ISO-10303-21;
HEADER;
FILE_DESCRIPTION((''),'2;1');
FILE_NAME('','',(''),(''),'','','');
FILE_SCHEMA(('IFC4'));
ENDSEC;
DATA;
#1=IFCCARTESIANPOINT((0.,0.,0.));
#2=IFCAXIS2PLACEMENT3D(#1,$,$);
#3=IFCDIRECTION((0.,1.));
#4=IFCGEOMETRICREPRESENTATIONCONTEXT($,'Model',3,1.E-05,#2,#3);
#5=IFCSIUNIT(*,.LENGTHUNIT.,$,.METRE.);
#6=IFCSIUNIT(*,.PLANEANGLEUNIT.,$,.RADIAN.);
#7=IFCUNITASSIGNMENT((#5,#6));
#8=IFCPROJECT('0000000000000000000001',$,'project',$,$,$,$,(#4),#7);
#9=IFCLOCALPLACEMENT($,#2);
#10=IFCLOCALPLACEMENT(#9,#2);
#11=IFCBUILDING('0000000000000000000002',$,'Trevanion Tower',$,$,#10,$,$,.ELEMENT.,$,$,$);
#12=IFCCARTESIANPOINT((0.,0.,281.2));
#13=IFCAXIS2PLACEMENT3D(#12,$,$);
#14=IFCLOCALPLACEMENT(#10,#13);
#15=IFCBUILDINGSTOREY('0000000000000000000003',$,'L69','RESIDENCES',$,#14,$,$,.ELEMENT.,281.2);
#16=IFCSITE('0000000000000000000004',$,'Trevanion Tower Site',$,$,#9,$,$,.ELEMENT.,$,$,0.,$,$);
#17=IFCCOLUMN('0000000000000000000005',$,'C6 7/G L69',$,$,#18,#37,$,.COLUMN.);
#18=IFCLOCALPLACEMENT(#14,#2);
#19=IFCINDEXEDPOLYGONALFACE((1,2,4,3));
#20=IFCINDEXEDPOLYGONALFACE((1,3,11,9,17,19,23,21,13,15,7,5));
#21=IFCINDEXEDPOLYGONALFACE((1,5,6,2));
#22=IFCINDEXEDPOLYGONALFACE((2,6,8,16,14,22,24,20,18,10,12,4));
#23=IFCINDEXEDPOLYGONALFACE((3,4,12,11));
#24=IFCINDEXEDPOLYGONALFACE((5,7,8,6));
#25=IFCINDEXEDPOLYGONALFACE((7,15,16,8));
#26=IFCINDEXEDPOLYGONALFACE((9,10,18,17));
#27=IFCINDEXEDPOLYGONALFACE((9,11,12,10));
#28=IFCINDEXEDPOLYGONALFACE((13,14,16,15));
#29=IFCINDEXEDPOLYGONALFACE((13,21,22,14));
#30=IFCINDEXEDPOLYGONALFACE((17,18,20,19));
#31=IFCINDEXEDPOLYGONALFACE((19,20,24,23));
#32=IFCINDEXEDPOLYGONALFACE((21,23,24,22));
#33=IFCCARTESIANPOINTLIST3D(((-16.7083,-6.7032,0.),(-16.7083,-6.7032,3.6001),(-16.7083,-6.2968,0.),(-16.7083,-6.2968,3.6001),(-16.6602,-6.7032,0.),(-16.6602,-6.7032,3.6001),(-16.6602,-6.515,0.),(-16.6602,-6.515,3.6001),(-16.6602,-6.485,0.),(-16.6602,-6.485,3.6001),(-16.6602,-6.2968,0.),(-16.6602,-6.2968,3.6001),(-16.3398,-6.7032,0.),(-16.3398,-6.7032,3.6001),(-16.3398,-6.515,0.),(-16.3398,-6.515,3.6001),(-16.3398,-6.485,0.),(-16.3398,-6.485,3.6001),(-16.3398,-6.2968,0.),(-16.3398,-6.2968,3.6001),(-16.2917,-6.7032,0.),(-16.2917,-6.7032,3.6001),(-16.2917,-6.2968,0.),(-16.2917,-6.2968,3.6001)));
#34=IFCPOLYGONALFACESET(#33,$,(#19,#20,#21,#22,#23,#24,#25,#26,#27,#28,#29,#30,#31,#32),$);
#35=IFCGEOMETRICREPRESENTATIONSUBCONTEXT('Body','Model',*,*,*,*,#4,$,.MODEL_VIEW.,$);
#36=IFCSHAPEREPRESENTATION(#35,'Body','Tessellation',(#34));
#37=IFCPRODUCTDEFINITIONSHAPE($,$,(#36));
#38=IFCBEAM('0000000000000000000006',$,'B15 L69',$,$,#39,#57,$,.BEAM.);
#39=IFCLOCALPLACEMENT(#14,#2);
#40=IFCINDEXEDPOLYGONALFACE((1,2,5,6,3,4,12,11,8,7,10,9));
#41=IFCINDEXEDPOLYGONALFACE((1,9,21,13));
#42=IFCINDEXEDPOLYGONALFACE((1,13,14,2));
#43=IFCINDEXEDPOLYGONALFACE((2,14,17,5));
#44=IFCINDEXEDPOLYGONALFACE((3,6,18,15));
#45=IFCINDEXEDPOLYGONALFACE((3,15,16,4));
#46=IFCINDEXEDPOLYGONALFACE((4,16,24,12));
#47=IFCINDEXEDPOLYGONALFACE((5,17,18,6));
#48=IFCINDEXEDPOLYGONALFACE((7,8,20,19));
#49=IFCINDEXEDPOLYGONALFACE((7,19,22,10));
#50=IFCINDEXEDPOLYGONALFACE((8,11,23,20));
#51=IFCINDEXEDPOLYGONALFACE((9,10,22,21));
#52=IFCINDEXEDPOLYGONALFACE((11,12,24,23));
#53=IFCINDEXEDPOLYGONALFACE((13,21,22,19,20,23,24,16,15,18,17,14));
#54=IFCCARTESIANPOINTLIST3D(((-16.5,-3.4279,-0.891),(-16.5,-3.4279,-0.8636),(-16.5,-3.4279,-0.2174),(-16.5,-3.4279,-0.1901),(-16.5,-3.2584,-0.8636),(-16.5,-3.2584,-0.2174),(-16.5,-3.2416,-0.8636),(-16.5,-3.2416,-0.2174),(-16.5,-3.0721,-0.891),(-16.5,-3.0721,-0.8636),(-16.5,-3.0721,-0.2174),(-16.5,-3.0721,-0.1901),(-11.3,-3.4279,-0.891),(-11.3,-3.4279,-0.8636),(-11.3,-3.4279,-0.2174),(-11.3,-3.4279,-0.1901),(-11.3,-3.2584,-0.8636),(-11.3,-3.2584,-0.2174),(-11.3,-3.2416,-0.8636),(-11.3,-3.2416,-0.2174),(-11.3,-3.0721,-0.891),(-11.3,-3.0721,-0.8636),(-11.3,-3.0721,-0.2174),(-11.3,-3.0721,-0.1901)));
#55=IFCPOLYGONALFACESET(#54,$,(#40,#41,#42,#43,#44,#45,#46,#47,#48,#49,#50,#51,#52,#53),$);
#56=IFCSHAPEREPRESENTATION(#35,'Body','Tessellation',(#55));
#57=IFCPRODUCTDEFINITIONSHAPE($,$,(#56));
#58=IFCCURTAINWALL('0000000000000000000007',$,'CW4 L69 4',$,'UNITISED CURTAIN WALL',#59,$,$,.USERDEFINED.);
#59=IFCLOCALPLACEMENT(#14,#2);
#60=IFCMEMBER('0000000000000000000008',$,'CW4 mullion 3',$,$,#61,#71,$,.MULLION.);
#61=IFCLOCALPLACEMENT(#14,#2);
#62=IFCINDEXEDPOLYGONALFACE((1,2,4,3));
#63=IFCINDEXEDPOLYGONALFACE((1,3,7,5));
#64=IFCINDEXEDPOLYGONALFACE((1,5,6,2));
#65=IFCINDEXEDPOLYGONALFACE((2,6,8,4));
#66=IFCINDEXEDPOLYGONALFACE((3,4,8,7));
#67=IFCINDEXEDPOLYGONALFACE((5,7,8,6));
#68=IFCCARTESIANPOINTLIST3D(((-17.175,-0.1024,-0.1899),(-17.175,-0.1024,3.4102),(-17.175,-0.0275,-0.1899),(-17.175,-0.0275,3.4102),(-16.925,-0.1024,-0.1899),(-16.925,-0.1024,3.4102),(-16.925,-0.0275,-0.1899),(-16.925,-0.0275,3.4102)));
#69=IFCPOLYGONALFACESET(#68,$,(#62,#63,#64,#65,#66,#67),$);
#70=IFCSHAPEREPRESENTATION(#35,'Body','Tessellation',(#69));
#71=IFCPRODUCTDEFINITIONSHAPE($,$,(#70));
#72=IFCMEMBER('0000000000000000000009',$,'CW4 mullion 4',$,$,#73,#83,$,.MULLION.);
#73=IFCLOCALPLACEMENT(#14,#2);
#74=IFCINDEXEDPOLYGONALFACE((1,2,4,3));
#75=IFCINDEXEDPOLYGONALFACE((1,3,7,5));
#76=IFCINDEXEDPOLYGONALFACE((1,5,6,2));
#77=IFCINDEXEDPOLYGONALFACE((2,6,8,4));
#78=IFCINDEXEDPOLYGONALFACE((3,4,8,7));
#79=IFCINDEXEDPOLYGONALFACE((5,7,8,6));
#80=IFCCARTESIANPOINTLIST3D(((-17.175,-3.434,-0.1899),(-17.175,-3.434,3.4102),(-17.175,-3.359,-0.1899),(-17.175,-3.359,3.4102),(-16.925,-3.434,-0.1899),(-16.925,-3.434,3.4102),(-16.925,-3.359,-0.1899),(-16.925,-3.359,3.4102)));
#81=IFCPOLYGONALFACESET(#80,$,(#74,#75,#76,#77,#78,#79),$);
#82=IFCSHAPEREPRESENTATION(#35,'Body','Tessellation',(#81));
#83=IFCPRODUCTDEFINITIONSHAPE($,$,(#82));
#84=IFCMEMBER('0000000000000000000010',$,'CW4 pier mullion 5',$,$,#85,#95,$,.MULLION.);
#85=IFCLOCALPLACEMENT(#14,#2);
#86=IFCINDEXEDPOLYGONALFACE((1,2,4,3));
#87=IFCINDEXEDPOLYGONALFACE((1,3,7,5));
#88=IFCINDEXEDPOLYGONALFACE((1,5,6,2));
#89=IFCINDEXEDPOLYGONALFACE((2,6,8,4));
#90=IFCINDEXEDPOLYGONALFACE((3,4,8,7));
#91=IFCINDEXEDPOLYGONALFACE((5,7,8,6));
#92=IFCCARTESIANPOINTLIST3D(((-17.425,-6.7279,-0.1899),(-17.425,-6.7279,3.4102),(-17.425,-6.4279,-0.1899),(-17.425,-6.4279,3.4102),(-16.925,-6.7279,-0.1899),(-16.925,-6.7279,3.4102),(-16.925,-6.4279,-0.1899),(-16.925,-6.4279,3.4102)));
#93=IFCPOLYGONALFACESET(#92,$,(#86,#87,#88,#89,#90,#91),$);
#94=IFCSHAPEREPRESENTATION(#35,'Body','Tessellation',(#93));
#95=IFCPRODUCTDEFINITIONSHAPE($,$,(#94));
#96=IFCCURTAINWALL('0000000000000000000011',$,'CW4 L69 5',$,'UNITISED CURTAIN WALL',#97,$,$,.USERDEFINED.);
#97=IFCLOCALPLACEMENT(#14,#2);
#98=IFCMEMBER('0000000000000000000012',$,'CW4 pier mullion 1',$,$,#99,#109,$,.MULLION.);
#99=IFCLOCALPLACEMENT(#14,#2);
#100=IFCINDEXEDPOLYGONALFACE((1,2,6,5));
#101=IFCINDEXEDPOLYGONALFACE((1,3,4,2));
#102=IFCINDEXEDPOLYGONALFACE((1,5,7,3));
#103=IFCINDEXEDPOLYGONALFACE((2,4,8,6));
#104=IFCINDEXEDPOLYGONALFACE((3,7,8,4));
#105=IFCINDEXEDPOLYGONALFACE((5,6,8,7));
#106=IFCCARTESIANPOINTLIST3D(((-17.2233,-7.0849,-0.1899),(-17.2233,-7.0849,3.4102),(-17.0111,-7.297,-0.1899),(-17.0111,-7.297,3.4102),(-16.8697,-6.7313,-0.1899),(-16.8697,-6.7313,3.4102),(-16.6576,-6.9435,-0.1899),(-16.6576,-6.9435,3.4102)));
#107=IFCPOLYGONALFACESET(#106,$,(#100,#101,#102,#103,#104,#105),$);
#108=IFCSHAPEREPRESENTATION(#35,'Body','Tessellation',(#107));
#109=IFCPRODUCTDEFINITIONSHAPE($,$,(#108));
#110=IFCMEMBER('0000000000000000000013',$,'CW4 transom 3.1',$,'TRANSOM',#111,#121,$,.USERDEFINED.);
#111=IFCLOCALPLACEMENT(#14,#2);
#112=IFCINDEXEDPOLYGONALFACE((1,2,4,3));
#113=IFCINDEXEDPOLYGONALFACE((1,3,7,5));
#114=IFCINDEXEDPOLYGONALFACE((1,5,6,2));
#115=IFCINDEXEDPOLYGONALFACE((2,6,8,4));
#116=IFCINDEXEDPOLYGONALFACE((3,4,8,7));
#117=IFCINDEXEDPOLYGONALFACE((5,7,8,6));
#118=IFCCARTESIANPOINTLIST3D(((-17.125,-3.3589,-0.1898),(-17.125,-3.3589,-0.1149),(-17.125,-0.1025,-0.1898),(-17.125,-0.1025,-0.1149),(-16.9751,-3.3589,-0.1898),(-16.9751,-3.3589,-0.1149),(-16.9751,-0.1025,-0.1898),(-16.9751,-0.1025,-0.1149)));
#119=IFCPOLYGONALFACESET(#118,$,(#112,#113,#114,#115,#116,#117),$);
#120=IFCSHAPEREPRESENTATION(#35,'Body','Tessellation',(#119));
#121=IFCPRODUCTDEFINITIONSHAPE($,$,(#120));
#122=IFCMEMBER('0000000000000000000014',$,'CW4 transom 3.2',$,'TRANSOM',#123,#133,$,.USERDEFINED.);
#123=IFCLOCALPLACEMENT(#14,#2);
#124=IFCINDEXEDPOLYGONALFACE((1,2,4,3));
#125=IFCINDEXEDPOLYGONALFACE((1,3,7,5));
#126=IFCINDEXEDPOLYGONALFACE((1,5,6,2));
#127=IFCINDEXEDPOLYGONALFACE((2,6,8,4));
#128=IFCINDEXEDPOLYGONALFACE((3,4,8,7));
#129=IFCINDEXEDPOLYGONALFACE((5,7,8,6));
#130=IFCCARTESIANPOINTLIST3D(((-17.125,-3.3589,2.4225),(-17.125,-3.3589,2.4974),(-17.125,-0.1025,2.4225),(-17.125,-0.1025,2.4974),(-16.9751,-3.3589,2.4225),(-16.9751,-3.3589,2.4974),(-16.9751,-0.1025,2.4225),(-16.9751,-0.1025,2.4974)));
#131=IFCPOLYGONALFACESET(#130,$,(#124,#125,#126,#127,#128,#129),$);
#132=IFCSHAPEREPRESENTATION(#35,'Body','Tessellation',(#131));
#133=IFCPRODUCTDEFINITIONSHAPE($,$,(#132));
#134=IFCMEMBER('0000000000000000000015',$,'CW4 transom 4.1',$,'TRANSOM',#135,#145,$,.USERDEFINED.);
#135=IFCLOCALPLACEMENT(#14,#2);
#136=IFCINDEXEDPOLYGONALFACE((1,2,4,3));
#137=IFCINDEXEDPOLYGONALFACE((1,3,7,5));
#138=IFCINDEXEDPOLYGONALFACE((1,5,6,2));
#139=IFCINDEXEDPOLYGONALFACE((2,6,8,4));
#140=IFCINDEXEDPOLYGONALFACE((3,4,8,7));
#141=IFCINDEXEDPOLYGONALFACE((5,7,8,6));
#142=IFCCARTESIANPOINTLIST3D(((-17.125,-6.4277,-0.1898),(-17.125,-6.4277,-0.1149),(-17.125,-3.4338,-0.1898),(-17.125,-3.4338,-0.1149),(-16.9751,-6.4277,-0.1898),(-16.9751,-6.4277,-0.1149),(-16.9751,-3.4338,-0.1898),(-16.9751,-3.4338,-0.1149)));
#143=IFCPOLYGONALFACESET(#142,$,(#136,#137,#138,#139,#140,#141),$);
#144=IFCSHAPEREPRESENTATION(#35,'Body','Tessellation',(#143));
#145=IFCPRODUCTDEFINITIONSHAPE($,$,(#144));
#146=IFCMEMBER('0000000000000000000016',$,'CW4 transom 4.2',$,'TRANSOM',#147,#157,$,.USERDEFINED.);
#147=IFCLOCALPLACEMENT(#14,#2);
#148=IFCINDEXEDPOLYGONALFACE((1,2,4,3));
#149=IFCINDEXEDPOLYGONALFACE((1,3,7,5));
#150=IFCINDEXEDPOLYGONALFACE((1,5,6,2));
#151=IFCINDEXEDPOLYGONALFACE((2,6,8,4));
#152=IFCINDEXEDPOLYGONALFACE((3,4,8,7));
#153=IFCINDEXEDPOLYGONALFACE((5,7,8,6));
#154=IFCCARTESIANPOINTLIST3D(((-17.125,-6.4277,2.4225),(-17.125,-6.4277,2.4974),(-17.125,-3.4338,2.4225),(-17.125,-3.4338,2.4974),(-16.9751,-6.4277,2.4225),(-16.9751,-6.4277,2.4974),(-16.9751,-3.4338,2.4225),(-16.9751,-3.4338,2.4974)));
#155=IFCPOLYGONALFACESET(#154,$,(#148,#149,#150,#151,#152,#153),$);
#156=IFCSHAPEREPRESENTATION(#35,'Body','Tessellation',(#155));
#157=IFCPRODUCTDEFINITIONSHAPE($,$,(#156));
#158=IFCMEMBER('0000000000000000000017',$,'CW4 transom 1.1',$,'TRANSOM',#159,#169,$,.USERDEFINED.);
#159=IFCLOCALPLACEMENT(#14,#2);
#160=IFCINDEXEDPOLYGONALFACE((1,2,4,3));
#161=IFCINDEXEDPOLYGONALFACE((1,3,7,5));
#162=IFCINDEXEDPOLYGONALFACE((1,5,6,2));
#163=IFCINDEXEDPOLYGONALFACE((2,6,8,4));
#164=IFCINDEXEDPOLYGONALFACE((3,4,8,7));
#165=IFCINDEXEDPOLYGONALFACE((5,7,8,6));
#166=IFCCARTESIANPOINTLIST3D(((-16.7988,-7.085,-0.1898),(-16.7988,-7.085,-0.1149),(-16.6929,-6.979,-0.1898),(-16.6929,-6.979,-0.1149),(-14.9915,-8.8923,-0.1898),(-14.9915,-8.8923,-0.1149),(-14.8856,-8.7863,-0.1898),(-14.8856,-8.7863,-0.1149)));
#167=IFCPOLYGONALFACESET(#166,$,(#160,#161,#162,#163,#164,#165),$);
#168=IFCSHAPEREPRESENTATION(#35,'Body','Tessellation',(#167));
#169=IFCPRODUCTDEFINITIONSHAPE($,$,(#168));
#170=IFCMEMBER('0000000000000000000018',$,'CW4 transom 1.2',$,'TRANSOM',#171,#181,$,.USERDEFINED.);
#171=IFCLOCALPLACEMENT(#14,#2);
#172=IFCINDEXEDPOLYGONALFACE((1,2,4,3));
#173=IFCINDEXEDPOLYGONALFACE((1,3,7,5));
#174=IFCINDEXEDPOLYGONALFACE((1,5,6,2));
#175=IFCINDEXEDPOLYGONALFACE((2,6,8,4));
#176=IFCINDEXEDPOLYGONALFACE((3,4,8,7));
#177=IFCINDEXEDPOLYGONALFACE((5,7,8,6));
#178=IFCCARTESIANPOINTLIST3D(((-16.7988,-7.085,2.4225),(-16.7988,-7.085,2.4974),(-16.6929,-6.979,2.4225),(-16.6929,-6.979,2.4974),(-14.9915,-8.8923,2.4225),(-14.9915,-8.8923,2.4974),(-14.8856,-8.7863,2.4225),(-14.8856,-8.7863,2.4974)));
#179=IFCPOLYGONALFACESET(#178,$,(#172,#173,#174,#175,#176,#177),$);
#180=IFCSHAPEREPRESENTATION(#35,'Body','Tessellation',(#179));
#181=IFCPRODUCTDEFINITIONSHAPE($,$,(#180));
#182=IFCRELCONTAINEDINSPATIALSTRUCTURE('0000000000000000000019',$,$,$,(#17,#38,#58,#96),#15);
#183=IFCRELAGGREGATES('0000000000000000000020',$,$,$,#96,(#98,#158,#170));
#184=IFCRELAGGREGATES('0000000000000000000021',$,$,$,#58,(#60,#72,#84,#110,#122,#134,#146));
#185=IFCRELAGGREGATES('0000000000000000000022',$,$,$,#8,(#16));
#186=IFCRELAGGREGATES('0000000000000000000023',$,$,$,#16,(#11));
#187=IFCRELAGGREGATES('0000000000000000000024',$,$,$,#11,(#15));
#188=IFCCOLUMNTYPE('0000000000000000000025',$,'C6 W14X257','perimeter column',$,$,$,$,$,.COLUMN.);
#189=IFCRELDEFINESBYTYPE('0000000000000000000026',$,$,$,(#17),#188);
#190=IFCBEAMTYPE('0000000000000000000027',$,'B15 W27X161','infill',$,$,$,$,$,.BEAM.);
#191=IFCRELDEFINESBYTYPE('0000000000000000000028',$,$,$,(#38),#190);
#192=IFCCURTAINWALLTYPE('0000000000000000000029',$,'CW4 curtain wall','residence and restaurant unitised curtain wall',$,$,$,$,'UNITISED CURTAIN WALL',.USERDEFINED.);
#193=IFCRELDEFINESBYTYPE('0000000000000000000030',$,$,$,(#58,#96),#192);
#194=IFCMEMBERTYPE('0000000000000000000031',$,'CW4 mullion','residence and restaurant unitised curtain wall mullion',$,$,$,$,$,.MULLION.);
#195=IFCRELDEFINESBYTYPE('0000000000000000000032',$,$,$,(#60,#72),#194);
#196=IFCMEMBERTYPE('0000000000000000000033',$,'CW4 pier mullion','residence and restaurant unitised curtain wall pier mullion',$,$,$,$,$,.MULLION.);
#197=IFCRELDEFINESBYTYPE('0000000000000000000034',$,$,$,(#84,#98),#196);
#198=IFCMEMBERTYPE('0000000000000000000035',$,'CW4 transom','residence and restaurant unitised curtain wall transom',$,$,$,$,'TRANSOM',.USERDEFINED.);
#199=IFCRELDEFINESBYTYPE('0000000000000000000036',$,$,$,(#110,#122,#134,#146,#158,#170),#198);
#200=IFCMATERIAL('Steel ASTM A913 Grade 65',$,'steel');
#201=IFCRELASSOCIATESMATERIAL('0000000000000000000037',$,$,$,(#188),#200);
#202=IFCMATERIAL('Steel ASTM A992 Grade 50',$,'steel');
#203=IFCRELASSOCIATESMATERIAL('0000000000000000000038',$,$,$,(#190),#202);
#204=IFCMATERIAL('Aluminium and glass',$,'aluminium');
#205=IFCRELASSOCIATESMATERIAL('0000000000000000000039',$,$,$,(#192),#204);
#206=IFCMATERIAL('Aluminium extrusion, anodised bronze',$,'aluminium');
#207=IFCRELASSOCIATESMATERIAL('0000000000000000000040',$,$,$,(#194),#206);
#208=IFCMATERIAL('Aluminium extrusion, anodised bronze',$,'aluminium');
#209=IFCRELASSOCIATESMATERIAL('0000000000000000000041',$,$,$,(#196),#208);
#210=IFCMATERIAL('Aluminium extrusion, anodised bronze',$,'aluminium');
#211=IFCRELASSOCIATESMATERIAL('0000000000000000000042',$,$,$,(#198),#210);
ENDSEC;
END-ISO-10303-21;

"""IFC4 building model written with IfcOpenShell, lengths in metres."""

from ifc_helpers import new_model, si_unit, direction, frame, origin, origin_2d, place, context, subcontext, project, spatial, rectangle, i_section, extrude, material, material_profile, profile_set, type_object, element, aggregate, save


model = new_model("IFC4")

# Units and contexts
model_context = context("Model", 3, precision=1e-05, world=origin(), true_north=direction((0.0, 1.0)))
body_context = subcontext(model_context, "Body", "Model", "MODEL_VIEW")
ifc_project = project(units=[si_unit("LENGTHUNIT", "METRE"), si_unit("PLANEANGLEUNIT", "RADIAN")], contexts=[model_context])

# Site, building, storey
site_placement = place(None, origin())
site = spatial("IfcSite", under=ifc_project, at=site_placement, Name="Trevanion Tower Site", CompositionType="ELEMENT", RefElevation=0.0)
building_placement = place(site_placement, origin())
building = spatial("IfcBuilding", under=site, at=building_placement, Name="Trevanion Tower", CompositionType="ELEMENT")
storey_placement = place(building_placement, frame((0.0, 0.0, 281.2)))
storey = spatial("IfcBuildingStorey", under=building, at=storey_placement, Name="L69", Description="RESIDENCES", CompositionType="ELEMENT", Elevation=281.2)

# Column
ifc_material_1 = material(Name="Steel ASTM A913 Grade 65", Category="steel")
ifc_material_profile_1 = material_profile(ifc_material_1, i_section(OverallWidth=0.4065, OverallDepth=0.4165, WebThickness=0.03, FlangeThickness=0.0481, at=origin_2d()), Name="W14X257")
ifc_profile_set_1 = profile_set([ifc_material_profile_1], Name="Steel ASTM A913 Grade 65")
column_type = type_object("IfcColumnType", Name="C6 W14X257", Description="perimeter column", PredefinedType="COLUMN", material=ifc_profile_set_1)
column_placement = place(storey_placement, frame((-16.5, -6.5, 0.0), z_axis=(0.0, 0.0, 1.0), x_axis=(0.0, 1.0, 0.0)))
element("IfcColumn", 1, at=column_placement, inside=storey, type_object=column_type, Name="C6 7/G L69", PredefinedType="COLUMN", context=body_context, shape_type="SweptSolid", body=[
    extrude(i_section(OverallWidth=0.4065, OverallDepth=0.4165, WebThickness=0.03, FlangeThickness=0.0481, at=origin_2d()), origin(), (0.0, 0.0, 1.0), 3.6001),
])

# Beam
ifc_material_2 = material(Name="Steel ASTM A992 Grade 50", Category="steel")
ifc_material_profile_2 = material_profile(ifc_material_2, i_section(OverallWidth=0.3557, OverallDepth=0.7009, WebThickness=0.0168, FlangeThickness=0.0273, at=origin_2d()), Name="W27X161")
ifc_profile_set_2 = profile_set([ifc_material_profile_2], Name="Steel ASTM A992 Grade 50")
beam_type_1 = type_object("IfcBeamType", Name="B15 W27X161", Description="infill", PredefinedType="BEAM", material=ifc_profile_set_2)
beam_1_placement = place(storey_placement, frame((-11.3, -3.25, -0.5405), z_axis=(-1.0, 0.0, 0.0), x_axis=(0.0, -1.0, 0.0)))
element("IfcBeam", 2, at=beam_1_placement, inside=storey, type_object=beam_type_1, Name="B15 L69", PredefinedType="BEAM", context=body_context, shape_type="SweptSolid", body=[
    extrude(i_section(OverallWidth=0.3557, OverallDepth=0.7009, WebThickness=0.0168, FlangeThickness=0.0273, at=origin_2d()), origin(), (0.0, 0.0, 1.0), 5.2),
])

# Curtain wall, members
ifc_material_3 = material(Name="Aluminium and glass", Category="aluminium")
curtain_wall_type = type_object("IfcCurtainWallType", Name="CW4 curtain wall", Description="residence and restaurant unitised curtain wall", ElementType="UNITISED CURTAIN WALL", PredefinedType="USERDEFINED", material=ifc_material_3)
curtain_wall_1_placement = place(storey_placement, origin())
curtain_wall_1 = element("IfcCurtainWall", 3, at=curtain_wall_1_placement, inside=storey, type_object=curtain_wall_type, Name="CW4 L69 4", ObjectType="UNITISED CURTAIN WALL", PredefinedType="USERDEFINED")
ifc_material_4 = material(Name="Aluminium extrusion, anodised bronze", Category="aluminium")
ifc_material_profile_3 = material_profile(ifc_material_4, rectangle(XDim=0.075, YDim=0.25, at=origin_2d()), Name="CW4 mullion")
ifc_profile_set_3 = profile_set([ifc_material_profile_3], Name="Aluminium extrusion, anodised bronze")
member_type_1 = type_object("IfcMemberType", Name="CW4 mullion", Description="residence and restaurant unitised curtain wall mullion", PredefinedType="MULLION", material=ifc_profile_set_3)
member_1_placement = place(storey_placement, frame((-17.05, -0.0649, -0.1899), z_axis=(0.0, 0.0, 1.0), x_axis=(0.0, -1.0, 0.0)))
member_1 = element("IfcMember", 4, at=member_1_placement, type_object=member_type_1, Name="CW4 mullion 3", PredefinedType="MULLION", context=body_context, shape_type="SweptSolid", body=[
    extrude(rectangle(XDim=0.075, YDim=0.25, at=origin_2d()), origin(), (0.0, 0.0, 1.0), 3.6001),
])
member_2_placement = place(storey_placement, frame((-17.05, -3.3965, -0.1899), z_axis=(0.0, 0.0, 1.0), x_axis=(0.0, -1.0, 0.0)))
member_2 = element("IfcMember", 5, at=member_2_placement, type_object=member_type_1, Name="CW4 mullion 4", PredefinedType="MULLION", context=body_context, shape_type="SweptSolid", body=[
    extrude(rectangle(XDim=0.075, YDim=0.25, at=origin_2d()), origin(), (0.0, 0.0, 1.0), 3.6001),
])
ifc_material_5 = material(Name="Aluminium extrusion, anodised bronze", Category="aluminium")
ifc_material_profile_4 = material_profile(ifc_material_5, rectangle(XDim=0.3, YDim=0.5, at=origin_2d()), Name="CW4 pier mullion")
ifc_profile_set_4 = profile_set([ifc_material_profile_4], Name="Aluminium extrusion, anodised bronze")
member_type_2 = type_object("IfcMemberType", Name="CW4 pier mullion", Description="residence and restaurant unitised curtain wall pier mullion", PredefinedType="MULLION", material=ifc_profile_set_4)
member_3_placement = place(storey_placement, frame((-17.175, -6.5779, -0.1899), z_axis=(0.0, 0.0, 1.0), x_axis=(0.0, -1.0, 0.0)))
member_3 = element("IfcMember", 6, at=member_3_placement, type_object=member_type_2, Name="CW4 pier mullion 5", PredefinedType="MULLION", context=body_context, shape_type="SweptSolid", body=[
    extrude(rectangle(XDim=0.3, YDim=0.5, at=origin_2d()), origin(), (0.0, 0.0, 1.0), 3.6001),
])

# Curtain wall, member
curtain_wall_2_placement = place(storey_placement, origin())
curtain_wall_2 = element("IfcCurtainWall", 7, at=curtain_wall_2_placement, inside=storey, type_object=curtain_wall_type, Name="CW4 L69 5", ObjectType="UNITISED CURTAIN WALL", PredefinedType="USERDEFINED")
member_4_placement = place(storey_placement, frame((-16.9404, -7.0142, -0.1899), z_axis=(0.0, 0.0, 1.0), x_axis=(0.707107, -0.707107, 0.0)))
member_4 = element("IfcMember", 8, at=member_4_placement, type_object=member_type_2, Name="CW4 pier mullion 1", PredefinedType="MULLION", context=body_context, shape_type="SweptSolid", body=[
    extrude(rectangle(XDim=0.3, YDim=0.5, at=origin_2d()), origin(), (0.0, 0.0, 1.0), 3.6001),
])

# Members
ifc_material_6 = material(Name="Aluminium extrusion, anodised bronze", Category="aluminium")
ifc_material_profile_5 = material_profile(ifc_material_6, rectangle(XDim=0.1499, YDim=0.075, at=origin_2d()), Name="CW4 transom")
ifc_profile_set_5 = profile_set([ifc_material_profile_5], Name="Aluminium extrusion, anodised bronze")
member_type_3 = type_object("IfcMemberType", Name="CW4 transom", Description="residence and restaurant unitised curtain wall transom", ElementType="TRANSOM", PredefinedType="USERDEFINED", material=ifc_profile_set_5)
member_5_placement = place(storey_placement, frame((-17.05, -0.1025, -0.1523), z_axis=(0.0, -1.0, 0.0), x_axis=(1.0, 0.0, 0.0)))
member_5 = element("IfcMember", 9, at=member_5_placement, type_object=member_type_3, Name="CW4 transom 3.1", ObjectType="TRANSOM", PredefinedType="USERDEFINED", context=body_context, shape_type="SweptSolid", body=[
    extrude(rectangle(XDim=0.1499, YDim=0.075, at=origin_2d()), origin(), (0.0, 0.0, 1.0), 3.2563),
])
member_6_placement = place(storey_placement, frame((-17.05, -0.1025, 2.46), z_axis=(0.0, -1.0, 0.0), x_axis=(1.0, 0.0, 0.0)))
member_6 = element("IfcMember", 10, at=member_6_placement, type_object=member_type_3, Name="CW4 transom 3.2", ObjectType="TRANSOM", PredefinedType="USERDEFINED", context=body_context, shape_type="SweptSolid", body=[
    extrude(rectangle(XDim=0.1499, YDim=0.075, at=origin_2d()), origin(), (0.0, 0.0, 1.0), 3.2563),
])
member_7_placement = place(storey_placement, frame((-17.05, -3.4338, -0.1523), z_axis=(0.0, -1.0, 0.0), x_axis=(1.0, 0.0, 0.0)))
member_7 = element("IfcMember", 11, at=member_7_placement, type_object=member_type_3, Name="CW4 transom 4.1", ObjectType="TRANSOM", PredefinedType="USERDEFINED", context=body_context, shape_type="SweptSolid", body=[
    extrude(rectangle(XDim=0.1499, YDim=0.075, at=origin_2d()), origin(), (0.0, 0.0, 1.0), 2.9939),
])
member_8_placement = place(storey_placement, frame((-17.05, -3.4338, 2.46), z_axis=(0.0, -1.0, 0.0), x_axis=(1.0, 0.0, 0.0)))
member_8 = element("IfcMember", 12, at=member_8_placement, type_object=member_type_3, Name="CW4 transom 4.2", ObjectType="TRANSOM", PredefinedType="USERDEFINED", context=body_context, shape_type="SweptSolid", body=[
    extrude(rectangle(XDim=0.1499, YDim=0.075, at=origin_2d()), origin(), (0.0, 0.0, 1.0), 2.9939),
])
member_9_placement = place(storey_placement, frame((-16.7458, -7.032, -0.1523), z_axis=(0.707107, -0.707107, 0.0), x_axis=(0.707107, 0.707107, 0.0)))
member_9 = element("IfcMember", 13, at=member_9_placement, type_object=member_type_3, Name="CW4 transom 1.1", ObjectType="TRANSOM", PredefinedType="USERDEFINED", context=body_context, shape_type="SweptSolid", body=[
    extrude(rectangle(XDim=0.1499, YDim=0.075, at=origin_2d()), origin(), (0.0, 0.0, 1.0), 2.5559),
])
member_10_placement = place(storey_placement, frame((-16.7458, -7.032, 2.46), z_axis=(0.707107, -0.707107, 0.0), x_axis=(0.707107, 0.707107, 0.0)))
member_10 = element("IfcMember", 14, at=member_10_placement, type_object=member_type_3, Name="CW4 transom 1.2", ObjectType="TRANSOM", PredefinedType="USERDEFINED", context=body_context, shape_type="SweptSolid", body=[
    extrude(rectangle(XDim=0.1499, YDim=0.075, at=origin_2d()), origin(), (0.0, 0.0, 1.0), 2.5559),
])
aggregate(curtain_wall_2, [member_4, member_9, member_10])

aggregate(curtain_wall_1, [member_1, member_2, member_3, member_5, member_6, member_7, member_8])

save(model, "model.ifc")
